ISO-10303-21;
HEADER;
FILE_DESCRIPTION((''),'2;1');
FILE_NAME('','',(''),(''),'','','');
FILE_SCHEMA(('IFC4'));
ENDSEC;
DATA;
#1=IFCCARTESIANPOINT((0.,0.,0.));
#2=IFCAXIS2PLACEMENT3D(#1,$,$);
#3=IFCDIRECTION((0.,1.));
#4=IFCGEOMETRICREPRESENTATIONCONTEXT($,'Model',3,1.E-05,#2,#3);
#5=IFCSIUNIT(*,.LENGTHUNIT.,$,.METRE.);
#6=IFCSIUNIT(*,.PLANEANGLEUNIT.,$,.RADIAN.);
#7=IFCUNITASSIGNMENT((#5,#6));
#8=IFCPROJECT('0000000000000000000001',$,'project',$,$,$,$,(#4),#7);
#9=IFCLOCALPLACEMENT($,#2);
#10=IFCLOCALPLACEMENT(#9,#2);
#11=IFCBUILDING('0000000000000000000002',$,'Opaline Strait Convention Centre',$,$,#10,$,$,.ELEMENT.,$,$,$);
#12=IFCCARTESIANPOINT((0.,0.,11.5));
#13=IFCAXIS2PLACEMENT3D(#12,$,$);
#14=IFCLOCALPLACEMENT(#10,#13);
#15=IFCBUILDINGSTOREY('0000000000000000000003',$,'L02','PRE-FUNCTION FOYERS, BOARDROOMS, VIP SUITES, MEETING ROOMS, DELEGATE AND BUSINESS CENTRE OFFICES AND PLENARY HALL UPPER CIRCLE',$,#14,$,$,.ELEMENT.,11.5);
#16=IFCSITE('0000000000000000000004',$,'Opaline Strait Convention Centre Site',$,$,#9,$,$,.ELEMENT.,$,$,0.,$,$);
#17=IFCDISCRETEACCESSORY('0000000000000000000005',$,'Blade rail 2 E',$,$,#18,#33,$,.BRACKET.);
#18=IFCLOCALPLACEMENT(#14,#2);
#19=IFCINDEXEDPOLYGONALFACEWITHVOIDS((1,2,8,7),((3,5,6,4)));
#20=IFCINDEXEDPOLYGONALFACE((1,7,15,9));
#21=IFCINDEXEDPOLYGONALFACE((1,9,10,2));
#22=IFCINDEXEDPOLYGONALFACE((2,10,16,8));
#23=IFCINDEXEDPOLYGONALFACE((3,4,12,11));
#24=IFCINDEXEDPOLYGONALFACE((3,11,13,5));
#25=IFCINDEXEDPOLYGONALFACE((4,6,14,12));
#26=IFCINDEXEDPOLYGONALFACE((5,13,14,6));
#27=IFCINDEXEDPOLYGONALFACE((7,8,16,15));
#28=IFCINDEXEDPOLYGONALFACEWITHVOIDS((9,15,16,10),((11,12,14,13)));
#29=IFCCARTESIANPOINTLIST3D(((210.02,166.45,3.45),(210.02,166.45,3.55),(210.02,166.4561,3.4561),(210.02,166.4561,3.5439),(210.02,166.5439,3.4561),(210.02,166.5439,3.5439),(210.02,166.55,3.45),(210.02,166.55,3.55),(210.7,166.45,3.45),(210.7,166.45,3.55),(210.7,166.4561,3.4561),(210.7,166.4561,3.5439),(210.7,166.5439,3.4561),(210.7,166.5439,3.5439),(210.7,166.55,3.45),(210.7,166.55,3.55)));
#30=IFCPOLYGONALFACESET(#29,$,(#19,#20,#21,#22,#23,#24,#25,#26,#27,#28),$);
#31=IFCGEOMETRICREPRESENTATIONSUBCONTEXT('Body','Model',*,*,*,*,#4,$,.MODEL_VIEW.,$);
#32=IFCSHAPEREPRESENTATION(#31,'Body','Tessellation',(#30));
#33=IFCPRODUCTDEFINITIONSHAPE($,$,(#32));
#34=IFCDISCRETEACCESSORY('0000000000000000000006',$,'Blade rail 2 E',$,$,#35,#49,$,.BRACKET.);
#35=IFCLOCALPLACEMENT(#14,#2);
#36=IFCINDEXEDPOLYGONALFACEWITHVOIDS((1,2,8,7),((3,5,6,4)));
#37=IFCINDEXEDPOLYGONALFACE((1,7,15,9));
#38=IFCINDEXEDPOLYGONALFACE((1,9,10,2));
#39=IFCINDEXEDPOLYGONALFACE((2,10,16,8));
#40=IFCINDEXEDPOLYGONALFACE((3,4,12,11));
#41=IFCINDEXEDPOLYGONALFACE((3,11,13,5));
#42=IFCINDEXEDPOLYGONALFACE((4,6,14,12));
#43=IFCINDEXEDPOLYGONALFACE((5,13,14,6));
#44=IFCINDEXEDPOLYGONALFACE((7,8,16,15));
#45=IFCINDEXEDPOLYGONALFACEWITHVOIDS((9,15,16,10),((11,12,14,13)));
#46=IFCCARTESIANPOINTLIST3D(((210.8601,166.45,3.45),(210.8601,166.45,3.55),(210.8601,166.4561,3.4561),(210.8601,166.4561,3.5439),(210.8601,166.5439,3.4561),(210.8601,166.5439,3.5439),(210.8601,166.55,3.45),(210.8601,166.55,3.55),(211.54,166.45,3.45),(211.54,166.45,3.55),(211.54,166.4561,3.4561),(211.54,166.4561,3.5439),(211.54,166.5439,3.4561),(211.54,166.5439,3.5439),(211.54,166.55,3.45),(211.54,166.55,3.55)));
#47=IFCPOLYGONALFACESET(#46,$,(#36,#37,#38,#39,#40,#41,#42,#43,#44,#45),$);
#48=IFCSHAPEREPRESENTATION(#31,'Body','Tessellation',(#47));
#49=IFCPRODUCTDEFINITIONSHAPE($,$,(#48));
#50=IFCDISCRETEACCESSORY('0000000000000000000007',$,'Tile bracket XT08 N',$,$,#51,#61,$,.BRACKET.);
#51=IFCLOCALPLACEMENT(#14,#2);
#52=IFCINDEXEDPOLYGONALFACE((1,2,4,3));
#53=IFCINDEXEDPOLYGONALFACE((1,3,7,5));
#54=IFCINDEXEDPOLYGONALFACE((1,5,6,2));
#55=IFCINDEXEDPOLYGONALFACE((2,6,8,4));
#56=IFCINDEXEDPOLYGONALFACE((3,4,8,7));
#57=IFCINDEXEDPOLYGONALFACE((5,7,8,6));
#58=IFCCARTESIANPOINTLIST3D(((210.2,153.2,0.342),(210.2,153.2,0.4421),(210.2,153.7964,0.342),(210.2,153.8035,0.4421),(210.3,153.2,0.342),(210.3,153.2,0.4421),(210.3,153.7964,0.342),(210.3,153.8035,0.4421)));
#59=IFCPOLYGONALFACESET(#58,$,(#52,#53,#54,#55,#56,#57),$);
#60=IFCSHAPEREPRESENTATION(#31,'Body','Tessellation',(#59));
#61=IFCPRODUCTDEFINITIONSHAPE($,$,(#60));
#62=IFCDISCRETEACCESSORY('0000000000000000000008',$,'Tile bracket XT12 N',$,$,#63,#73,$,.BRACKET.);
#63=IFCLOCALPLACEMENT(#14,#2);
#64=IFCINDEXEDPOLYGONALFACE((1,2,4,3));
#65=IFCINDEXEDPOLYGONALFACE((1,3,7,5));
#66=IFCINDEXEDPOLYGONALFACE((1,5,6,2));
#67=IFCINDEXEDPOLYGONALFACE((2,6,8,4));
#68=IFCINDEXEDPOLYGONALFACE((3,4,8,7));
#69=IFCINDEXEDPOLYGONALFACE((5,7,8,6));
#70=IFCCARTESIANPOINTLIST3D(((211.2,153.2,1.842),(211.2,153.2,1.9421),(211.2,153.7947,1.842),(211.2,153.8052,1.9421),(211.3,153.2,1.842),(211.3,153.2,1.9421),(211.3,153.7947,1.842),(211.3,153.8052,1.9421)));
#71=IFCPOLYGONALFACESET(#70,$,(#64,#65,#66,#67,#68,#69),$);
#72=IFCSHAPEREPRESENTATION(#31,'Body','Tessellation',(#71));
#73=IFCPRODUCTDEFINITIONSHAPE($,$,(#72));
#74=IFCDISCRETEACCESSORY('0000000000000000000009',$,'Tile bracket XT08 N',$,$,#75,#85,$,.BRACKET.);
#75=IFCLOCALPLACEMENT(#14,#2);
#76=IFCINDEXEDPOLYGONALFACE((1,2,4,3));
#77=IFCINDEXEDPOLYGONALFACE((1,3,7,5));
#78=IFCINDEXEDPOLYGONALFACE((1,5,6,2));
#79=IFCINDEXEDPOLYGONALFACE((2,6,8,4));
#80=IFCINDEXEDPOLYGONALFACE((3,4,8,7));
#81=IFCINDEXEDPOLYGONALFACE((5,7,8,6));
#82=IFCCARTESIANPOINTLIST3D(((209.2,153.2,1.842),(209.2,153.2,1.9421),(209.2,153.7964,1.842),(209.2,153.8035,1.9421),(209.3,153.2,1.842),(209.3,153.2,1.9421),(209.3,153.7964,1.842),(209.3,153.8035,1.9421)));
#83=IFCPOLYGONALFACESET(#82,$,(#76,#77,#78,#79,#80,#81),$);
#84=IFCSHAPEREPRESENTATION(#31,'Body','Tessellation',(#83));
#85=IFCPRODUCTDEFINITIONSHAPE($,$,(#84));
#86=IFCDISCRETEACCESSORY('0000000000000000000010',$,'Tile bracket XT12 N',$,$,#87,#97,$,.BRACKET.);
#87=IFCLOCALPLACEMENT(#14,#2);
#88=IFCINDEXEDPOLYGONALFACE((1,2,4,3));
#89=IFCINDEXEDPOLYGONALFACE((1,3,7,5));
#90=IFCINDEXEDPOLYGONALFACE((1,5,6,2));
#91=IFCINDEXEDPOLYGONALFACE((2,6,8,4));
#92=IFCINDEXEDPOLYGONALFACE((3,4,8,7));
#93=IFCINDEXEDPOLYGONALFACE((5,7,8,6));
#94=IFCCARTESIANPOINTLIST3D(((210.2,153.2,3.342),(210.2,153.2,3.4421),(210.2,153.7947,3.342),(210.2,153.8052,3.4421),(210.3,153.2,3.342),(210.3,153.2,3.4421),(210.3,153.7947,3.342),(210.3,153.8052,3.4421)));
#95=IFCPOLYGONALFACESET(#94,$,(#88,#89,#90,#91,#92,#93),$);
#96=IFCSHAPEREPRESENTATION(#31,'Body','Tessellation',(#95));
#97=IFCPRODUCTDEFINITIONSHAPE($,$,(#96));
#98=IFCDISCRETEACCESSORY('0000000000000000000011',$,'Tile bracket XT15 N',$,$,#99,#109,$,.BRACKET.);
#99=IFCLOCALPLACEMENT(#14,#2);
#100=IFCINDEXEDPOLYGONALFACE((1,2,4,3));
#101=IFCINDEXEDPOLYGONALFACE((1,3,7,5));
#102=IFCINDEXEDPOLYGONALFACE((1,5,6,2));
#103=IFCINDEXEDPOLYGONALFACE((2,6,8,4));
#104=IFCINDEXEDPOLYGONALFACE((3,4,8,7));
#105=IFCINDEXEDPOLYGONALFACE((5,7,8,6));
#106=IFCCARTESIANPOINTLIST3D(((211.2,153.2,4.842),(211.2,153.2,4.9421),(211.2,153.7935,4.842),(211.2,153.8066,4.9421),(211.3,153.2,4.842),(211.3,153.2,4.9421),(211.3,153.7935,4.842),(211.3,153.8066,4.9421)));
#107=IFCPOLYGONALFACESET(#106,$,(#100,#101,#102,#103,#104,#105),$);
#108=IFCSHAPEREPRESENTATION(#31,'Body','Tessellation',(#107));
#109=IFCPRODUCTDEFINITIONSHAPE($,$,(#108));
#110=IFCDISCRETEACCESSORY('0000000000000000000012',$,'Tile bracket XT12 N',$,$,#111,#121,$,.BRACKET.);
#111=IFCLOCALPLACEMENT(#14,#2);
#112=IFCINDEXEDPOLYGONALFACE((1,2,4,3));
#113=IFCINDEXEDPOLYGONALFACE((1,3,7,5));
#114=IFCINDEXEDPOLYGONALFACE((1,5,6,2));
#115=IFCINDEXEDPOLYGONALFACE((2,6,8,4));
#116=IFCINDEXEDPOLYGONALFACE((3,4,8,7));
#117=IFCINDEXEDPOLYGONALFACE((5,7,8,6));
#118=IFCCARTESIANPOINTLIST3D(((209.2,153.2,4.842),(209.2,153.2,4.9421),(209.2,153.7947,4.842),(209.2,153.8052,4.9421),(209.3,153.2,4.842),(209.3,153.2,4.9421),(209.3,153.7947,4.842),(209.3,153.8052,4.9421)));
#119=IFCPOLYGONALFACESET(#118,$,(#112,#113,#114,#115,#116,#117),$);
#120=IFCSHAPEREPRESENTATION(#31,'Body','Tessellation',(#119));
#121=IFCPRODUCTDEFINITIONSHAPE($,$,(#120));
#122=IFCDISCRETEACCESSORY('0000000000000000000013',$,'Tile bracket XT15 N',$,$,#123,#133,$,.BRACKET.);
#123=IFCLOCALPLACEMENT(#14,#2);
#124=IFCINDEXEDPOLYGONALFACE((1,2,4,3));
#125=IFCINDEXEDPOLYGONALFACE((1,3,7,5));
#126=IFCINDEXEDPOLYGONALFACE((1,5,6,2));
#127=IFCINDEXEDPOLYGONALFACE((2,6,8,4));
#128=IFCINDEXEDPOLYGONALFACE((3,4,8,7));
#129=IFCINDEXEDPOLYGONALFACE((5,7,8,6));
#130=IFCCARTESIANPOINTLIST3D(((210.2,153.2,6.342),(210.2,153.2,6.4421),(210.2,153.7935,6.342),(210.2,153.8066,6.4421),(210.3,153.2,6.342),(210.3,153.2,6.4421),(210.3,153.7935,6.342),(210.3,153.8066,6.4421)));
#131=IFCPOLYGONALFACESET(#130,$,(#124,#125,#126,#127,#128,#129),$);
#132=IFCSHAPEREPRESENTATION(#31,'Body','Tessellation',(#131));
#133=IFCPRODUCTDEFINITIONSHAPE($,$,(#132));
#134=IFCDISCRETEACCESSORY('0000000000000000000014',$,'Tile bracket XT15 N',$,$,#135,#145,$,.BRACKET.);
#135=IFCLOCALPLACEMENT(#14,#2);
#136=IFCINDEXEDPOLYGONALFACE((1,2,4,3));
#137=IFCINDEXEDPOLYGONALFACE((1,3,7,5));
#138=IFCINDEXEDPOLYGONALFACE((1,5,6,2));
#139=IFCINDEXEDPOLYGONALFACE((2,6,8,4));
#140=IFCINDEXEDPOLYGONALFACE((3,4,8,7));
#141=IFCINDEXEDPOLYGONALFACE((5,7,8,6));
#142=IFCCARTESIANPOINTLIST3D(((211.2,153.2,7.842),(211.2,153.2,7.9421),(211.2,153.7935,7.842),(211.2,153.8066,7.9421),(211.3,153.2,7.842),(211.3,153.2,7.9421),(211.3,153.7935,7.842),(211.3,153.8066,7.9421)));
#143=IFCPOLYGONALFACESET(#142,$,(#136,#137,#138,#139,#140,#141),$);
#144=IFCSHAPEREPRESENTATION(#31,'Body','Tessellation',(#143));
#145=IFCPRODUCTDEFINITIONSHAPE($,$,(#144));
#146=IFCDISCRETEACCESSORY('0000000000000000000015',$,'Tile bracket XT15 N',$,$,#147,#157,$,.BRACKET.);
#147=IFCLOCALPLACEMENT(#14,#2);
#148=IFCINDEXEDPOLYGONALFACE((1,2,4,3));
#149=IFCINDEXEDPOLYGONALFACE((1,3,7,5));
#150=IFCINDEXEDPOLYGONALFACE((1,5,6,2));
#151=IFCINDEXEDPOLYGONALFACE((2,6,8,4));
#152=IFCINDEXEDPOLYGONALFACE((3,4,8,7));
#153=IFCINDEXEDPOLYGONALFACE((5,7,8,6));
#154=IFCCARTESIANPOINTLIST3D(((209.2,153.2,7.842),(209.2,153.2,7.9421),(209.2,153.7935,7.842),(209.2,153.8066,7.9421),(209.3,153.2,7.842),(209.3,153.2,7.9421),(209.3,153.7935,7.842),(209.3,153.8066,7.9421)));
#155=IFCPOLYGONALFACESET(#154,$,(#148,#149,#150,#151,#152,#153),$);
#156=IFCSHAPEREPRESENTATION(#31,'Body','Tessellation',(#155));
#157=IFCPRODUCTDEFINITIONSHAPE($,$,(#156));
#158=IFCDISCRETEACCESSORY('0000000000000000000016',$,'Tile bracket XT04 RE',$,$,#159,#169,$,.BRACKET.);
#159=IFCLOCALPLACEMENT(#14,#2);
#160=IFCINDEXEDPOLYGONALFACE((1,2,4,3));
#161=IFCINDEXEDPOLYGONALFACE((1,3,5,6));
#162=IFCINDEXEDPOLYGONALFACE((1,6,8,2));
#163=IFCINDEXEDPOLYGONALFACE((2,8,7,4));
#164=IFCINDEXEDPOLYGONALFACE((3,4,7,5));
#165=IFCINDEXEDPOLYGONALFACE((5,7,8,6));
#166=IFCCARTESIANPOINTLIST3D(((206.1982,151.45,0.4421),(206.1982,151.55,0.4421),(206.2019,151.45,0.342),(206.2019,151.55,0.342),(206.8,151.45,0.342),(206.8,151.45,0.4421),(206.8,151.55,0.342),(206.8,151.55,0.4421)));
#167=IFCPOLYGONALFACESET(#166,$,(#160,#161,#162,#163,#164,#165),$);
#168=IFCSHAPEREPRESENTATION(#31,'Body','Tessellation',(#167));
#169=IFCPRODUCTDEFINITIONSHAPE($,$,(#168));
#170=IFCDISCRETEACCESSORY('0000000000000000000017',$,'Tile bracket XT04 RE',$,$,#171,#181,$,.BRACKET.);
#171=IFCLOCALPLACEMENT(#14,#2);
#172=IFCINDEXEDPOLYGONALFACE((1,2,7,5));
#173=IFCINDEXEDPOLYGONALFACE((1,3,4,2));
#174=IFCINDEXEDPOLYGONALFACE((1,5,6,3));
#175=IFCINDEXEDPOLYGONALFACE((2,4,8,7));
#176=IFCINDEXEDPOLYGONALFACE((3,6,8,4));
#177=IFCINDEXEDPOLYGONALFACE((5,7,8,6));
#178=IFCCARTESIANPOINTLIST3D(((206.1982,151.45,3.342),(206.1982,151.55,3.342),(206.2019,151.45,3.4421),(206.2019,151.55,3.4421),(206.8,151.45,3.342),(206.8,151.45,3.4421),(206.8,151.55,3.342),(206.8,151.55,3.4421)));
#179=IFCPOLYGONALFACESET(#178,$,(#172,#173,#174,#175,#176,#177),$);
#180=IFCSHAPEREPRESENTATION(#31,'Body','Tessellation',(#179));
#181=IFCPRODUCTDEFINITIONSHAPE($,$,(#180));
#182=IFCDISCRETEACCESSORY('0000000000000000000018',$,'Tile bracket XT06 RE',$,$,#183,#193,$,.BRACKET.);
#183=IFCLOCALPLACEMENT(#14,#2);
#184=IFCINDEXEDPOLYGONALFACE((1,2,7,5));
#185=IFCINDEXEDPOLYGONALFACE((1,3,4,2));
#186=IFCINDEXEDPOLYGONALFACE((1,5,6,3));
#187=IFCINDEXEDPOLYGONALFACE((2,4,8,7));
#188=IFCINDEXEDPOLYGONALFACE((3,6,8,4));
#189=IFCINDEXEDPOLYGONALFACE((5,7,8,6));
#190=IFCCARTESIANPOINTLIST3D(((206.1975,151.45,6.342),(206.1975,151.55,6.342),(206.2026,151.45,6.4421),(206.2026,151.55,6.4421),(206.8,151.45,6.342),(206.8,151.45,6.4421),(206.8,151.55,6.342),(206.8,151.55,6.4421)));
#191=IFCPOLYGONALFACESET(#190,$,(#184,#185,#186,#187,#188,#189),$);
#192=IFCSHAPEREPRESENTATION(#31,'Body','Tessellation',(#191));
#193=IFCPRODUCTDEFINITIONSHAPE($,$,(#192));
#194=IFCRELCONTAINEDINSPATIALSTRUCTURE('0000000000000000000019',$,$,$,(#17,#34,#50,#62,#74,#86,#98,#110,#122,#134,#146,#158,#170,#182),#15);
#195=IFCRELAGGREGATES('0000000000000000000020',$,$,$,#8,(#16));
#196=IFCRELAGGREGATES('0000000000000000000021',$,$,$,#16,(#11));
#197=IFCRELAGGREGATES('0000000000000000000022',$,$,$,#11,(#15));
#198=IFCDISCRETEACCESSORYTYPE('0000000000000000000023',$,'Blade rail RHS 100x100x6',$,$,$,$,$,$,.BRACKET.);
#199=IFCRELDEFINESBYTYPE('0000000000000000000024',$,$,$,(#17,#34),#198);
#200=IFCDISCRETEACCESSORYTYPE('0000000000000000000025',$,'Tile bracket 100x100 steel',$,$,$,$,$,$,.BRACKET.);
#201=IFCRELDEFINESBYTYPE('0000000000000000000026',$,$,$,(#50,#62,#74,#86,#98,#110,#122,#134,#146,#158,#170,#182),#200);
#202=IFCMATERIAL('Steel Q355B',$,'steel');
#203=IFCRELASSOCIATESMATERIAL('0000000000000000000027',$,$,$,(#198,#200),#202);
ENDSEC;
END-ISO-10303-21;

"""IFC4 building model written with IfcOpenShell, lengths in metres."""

from ifc_helpers import new_model, si_unit, direction, frame, origin, origin_2d, place, context, subcontext, project, spatial, polyline, hollow_rectangle, outline, extrude, material, material_profile, profile_set, type_object, element, save


model = new_model("IFC4")

# Units and contexts
model_context = context("Model", 3, precision=1e-05, world=origin(), true_north=direction((0.0, 1.0)))
body_context = subcontext(model_context, "Body", "Model", "MODEL_VIEW")
ifc_project = project(units=[si_unit("LENGTHUNIT", "METRE"), si_unit("PLANEANGLEUNIT", "RADIAN")], contexts=[model_context])

# Site, building, storey
site_placement = place(None, origin())
site = spatial("IfcSite", under=ifc_project, at=site_placement, Name="Opaline Strait Convention Centre Site", CompositionType="ELEMENT", RefElevation=0.0)
building_placement = place(site_placement, origin())
building = spatial("IfcBuilding", under=site, at=building_placement, Name="Opaline Strait Convention Centre", CompositionType="ELEMENT")
storey_placement = place(building_placement, frame((0.0, 0.0, 11.5)))
storey = spatial("IfcBuildingStorey", under=building, at=storey_placement, Name="L02", Description="PRE-FUNCTION FOYERS, BOARDROOMS, VIP SUITES, MEETING ROOMS, DELEGATE AND BUSINESS CENTRE OFFICES AND PLENARY HALL UPPER CIRCLE", CompositionType="ELEMENT", Elevation=11.5)

# Shared definitions
ifc_material_1 = material(Name="Steel Q355B", Category="steel")

# Discrete accessories
ifc_material_profile_1 = material_profile(ifc_material_1, hollow_rectangle(XDim=0.1001, YDim=0.1001, WallThickness=0.0061, at=origin_2d()), Name="RHS 100x100x6")
ifc_profile_set_1 = profile_set([ifc_material_profile_1], Name="Steel Q355B")
discrete_accessory_type_1 = type_object("IfcDiscreteAccessoryType", Name="Blade rail RHS 100x100x6", PredefinedType="BRACKET", material=ifc_profile_set_1)
for number, where, z_axis, x_axis, name in (
    (1, (210.02, 166.5, 3.5), (1.0, 0.0, 0.0), (0.0, 1.0, 0.0), "Blade rail 2 E"),
    (2, (210.8601, 166.5, 3.5), (1.0, 0.0, 0.0), (0.0, 1.0, 0.0), "Blade rail 2 E"),
):
    element("IfcDiscreteAccessory", number, at=place(storey_placement, frame(where, z_axis=z_axis, x_axis=x_axis)), inside=storey, type_object=discrete_accessory_type_1, Name=name, PredefinedType="BRACKET", context=body_context, shape_type="SweptSolid", body=[
        extrude(hollow_rectangle(XDim=0.1001, YDim=0.1001, WallThickness=0.0061, at=origin_2d()), origin(), (0.0, 0.0, 1.0), 0.6799),
    ])
discrete_accessory_type_2 = type_object("IfcDiscreteAccessoryType", Name="Tile bracket 100x100 steel", PredefinedType="BRACKET", material=ifc_material_1)
discrete_accessory_1_placement = place(storey_placement, frame((210.3, 153.2, 0.3921), z_axis=(-1.0, 0.0, 0.0), x_axis=(0.0, -1.0, 0.0)))
element("IfcDiscreteAccessory", 3, at=discrete_accessory_1_placement, inside=storey, type_object=discrete_accessory_type_2, Name="Tile bracket XT08 N", PredefinedType="BRACKET", context=body_context, shape_type="SweptSolid", body=[
    extrude(outline(polyline([(0.0, -0.05), (0.0, 0.05), (-0.6035, 0.05), (-0.5964, -0.05), (0.0, -0.05)])), origin(), (0.0, 0.0, 1.0), 0.1001),
])
discrete_accessory_2_placement = place(storey_placement, frame((211.3, 153.2, 1.8921), z_axis=(-1.0, 0.0, 0.0), x_axis=(0.0, -1.0, 0.0)))
element("IfcDiscreteAccessory", 4, at=discrete_accessory_2_placement, inside=storey, type_object=discrete_accessory_type_2, Name="Tile bracket XT12 N", PredefinedType="BRACKET", context=body_context, shape_type="SweptSolid", body=[
    extrude(outline(polyline([(0.0, -0.05), (0.0, 0.05), (-0.6052, 0.05), (-0.5947, -0.05), (0.0, -0.05)])), origin(), (0.0, 0.0, 1.0), 0.1001),
])
discrete_accessory_3_placement = place(storey_placement, frame((209.3, 153.2, 1.8921), z_axis=(-1.0, 0.0, 0.0), x_axis=(0.0, -1.0, 0.0)))
element("IfcDiscreteAccessory", 5, at=discrete_accessory_3_placement, inside=storey, type_object=discrete_accessory_type_2, Name="Tile bracket XT08 N", PredefinedType="BRACKET", context=body_context, shape_type="SweptSolid", body=[
    extrude(outline(polyline([(0.0, -0.05), (0.0, 0.05), (-0.6035, 0.05), (-0.5964, -0.05), (0.0, -0.05)])), origin(), (0.0, 0.0, 1.0), 0.1001),
])
discrete_accessory_4_placement = place(storey_placement, frame((210.3, 153.2, 3.3921), z_axis=(-1.0, 0.0, 0.0), x_axis=(0.0, -1.0, 0.0)))
element("IfcDiscreteAccessory", 6, at=discrete_accessory_4_placement, inside=storey, type_object=discrete_accessory_type_2, Name="Tile bracket XT12 N", PredefinedType="BRACKET", context=body_context, shape_type="SweptSolid", body=[
    extrude(outline(polyline([(0.0, -0.05), (0.0, 0.05), (-0.6052, 0.05), (-0.5947, -0.05), (0.0, -0.05)])), origin(), (0.0, 0.0, 1.0), 0.1001),
])
discrete_accessory_5_placement = place(storey_placement, frame((211.3, 153.2, 4.8921), z_axis=(-1.0, 0.0, 0.0), x_axis=(0.0, -1.0, 0.0)))
element("IfcDiscreteAccessory", 7, at=discrete_accessory_5_placement, inside=storey, type_object=discrete_accessory_type_2, Name="Tile bracket XT15 N", PredefinedType="BRACKET", context=body_context, shape_type="SweptSolid", body=[
    extrude(outline(polyline([(0.0, -0.05), (0.0, 0.05), (-0.6067, 0.05), (-0.5935, -0.05), (0.0, -0.05)])), origin(), (0.0, 0.0, 1.0), 0.1001),
])
discrete_accessory_6_placement = place(storey_placement, frame((209.3, 153.2, 4.8921), z_axis=(-1.0, 0.0, 0.0), x_axis=(0.0, -1.0, 0.0)))
element("IfcDiscreteAccessory", 8, at=discrete_accessory_6_placement, inside=storey, type_object=discrete_accessory_type_2, Name="Tile bracket XT12 N", PredefinedType="BRACKET", context=body_context, shape_type="SweptSolid", body=[
    extrude(outline(polyline([(0.0, -0.05), (0.0, 0.05), (-0.6052, 0.05), (-0.5947, -0.05), (0.0, -0.05)])), origin(), (0.0, 0.0, 1.0), 0.1001),
])
for number, where, z_axis, x_axis, name in (
    (9, (210.3, 153.2, 6.3921), (-1.0, 0.0, 0.0), (0.0, -1.0, 0.0), "Tile bracket XT15 N"),
    (10, (211.3, 153.2, 7.8921), (-1.0, 0.0, 0.0), (0.0, -1.0, 0.0), "Tile bracket XT15 N"),
    (11, (209.3, 153.2, 7.8921), (-1.0, 0.0, 0.0), (0.0, -1.0, 0.0), "Tile bracket XT15 N"),
):
    element("IfcDiscreteAccessory", number, at=place(storey_placement, frame(where, z_axis=z_axis, x_axis=x_axis)), inside=storey, type_object=discrete_accessory_type_2, Name=name, PredefinedType="BRACKET", context=body_context, shape_type="SweptSolid", body=[
        extrude(outline(polyline([(0.0, -0.05), (0.0, 0.05), (-0.6067, 0.05), (-0.5935, -0.05), (0.0, -0.05)])), origin(), (0.0, 0.0, 1.0), 0.1001),
    ])
discrete_accessory_7_placement = place(storey_placement, frame((206.8, 151.55, 0.3921), z_axis=(0.0, -1.0, 0.0), x_axis=(1.0, 0.0, 0.0)))
element("IfcDiscreteAccessory", 12, at=discrete_accessory_7_placement, inside=storey, type_object=discrete_accessory_type_2, Name="Tile bracket XT04 RE", PredefinedType="BRACKET", context=body_context, shape_type="SweptSolid", body=[
    extrude(outline(polyline([(0.0, -0.05), (0.0, 0.05), (-0.6018, 0.05), (-0.5981, -0.05), (0.0, -0.05)])), origin(), (0.0, 0.0, 1.0), 0.1001),
])
discrete_accessory_8_placement = place(storey_placement, frame((206.8, 151.55, 3.3921), z_axis=(0.0, -1.0, 0.0), x_axis=(1.0, 0.0, 0.0)))
element("IfcDiscreteAccessory", 13, at=discrete_accessory_8_placement, inside=storey, type_object=discrete_accessory_type_2, Name="Tile bracket XT04 RE", PredefinedType="BRACKET", context=body_context, shape_type="SweptSolid", body=[
    extrude(outline(polyline([(0.0, -0.05), (0.0, 0.05), (-0.5981, 0.05), (-0.6018, -0.05), (0.0, -0.05)])), origin(), (0.0, 0.0, 1.0), 0.1001),
])
discrete_accessory_9_placement = place(storey_placement, frame((206.8, 151.55, 6.3921), z_axis=(0.0, -1.0, 0.0), x_axis=(1.0, 0.0, 0.0)))
element("IfcDiscreteAccessory", 14, at=discrete_accessory_9_placement, inside=storey, type_object=discrete_accessory_type_2, Name="Tile bracket XT06 RE", PredefinedType="BRACKET", context=body_context, shape_type="SweptSolid", body=[
    extrude(outline(polyline([(0.0, -0.05), (0.0, 0.05), (-0.5974, 0.05), (-0.6025, -0.05), (0.0, -0.05)])), origin(), (0.0, 0.0, 1.0), 0.1001),
])

save(model, "model.ifc")
